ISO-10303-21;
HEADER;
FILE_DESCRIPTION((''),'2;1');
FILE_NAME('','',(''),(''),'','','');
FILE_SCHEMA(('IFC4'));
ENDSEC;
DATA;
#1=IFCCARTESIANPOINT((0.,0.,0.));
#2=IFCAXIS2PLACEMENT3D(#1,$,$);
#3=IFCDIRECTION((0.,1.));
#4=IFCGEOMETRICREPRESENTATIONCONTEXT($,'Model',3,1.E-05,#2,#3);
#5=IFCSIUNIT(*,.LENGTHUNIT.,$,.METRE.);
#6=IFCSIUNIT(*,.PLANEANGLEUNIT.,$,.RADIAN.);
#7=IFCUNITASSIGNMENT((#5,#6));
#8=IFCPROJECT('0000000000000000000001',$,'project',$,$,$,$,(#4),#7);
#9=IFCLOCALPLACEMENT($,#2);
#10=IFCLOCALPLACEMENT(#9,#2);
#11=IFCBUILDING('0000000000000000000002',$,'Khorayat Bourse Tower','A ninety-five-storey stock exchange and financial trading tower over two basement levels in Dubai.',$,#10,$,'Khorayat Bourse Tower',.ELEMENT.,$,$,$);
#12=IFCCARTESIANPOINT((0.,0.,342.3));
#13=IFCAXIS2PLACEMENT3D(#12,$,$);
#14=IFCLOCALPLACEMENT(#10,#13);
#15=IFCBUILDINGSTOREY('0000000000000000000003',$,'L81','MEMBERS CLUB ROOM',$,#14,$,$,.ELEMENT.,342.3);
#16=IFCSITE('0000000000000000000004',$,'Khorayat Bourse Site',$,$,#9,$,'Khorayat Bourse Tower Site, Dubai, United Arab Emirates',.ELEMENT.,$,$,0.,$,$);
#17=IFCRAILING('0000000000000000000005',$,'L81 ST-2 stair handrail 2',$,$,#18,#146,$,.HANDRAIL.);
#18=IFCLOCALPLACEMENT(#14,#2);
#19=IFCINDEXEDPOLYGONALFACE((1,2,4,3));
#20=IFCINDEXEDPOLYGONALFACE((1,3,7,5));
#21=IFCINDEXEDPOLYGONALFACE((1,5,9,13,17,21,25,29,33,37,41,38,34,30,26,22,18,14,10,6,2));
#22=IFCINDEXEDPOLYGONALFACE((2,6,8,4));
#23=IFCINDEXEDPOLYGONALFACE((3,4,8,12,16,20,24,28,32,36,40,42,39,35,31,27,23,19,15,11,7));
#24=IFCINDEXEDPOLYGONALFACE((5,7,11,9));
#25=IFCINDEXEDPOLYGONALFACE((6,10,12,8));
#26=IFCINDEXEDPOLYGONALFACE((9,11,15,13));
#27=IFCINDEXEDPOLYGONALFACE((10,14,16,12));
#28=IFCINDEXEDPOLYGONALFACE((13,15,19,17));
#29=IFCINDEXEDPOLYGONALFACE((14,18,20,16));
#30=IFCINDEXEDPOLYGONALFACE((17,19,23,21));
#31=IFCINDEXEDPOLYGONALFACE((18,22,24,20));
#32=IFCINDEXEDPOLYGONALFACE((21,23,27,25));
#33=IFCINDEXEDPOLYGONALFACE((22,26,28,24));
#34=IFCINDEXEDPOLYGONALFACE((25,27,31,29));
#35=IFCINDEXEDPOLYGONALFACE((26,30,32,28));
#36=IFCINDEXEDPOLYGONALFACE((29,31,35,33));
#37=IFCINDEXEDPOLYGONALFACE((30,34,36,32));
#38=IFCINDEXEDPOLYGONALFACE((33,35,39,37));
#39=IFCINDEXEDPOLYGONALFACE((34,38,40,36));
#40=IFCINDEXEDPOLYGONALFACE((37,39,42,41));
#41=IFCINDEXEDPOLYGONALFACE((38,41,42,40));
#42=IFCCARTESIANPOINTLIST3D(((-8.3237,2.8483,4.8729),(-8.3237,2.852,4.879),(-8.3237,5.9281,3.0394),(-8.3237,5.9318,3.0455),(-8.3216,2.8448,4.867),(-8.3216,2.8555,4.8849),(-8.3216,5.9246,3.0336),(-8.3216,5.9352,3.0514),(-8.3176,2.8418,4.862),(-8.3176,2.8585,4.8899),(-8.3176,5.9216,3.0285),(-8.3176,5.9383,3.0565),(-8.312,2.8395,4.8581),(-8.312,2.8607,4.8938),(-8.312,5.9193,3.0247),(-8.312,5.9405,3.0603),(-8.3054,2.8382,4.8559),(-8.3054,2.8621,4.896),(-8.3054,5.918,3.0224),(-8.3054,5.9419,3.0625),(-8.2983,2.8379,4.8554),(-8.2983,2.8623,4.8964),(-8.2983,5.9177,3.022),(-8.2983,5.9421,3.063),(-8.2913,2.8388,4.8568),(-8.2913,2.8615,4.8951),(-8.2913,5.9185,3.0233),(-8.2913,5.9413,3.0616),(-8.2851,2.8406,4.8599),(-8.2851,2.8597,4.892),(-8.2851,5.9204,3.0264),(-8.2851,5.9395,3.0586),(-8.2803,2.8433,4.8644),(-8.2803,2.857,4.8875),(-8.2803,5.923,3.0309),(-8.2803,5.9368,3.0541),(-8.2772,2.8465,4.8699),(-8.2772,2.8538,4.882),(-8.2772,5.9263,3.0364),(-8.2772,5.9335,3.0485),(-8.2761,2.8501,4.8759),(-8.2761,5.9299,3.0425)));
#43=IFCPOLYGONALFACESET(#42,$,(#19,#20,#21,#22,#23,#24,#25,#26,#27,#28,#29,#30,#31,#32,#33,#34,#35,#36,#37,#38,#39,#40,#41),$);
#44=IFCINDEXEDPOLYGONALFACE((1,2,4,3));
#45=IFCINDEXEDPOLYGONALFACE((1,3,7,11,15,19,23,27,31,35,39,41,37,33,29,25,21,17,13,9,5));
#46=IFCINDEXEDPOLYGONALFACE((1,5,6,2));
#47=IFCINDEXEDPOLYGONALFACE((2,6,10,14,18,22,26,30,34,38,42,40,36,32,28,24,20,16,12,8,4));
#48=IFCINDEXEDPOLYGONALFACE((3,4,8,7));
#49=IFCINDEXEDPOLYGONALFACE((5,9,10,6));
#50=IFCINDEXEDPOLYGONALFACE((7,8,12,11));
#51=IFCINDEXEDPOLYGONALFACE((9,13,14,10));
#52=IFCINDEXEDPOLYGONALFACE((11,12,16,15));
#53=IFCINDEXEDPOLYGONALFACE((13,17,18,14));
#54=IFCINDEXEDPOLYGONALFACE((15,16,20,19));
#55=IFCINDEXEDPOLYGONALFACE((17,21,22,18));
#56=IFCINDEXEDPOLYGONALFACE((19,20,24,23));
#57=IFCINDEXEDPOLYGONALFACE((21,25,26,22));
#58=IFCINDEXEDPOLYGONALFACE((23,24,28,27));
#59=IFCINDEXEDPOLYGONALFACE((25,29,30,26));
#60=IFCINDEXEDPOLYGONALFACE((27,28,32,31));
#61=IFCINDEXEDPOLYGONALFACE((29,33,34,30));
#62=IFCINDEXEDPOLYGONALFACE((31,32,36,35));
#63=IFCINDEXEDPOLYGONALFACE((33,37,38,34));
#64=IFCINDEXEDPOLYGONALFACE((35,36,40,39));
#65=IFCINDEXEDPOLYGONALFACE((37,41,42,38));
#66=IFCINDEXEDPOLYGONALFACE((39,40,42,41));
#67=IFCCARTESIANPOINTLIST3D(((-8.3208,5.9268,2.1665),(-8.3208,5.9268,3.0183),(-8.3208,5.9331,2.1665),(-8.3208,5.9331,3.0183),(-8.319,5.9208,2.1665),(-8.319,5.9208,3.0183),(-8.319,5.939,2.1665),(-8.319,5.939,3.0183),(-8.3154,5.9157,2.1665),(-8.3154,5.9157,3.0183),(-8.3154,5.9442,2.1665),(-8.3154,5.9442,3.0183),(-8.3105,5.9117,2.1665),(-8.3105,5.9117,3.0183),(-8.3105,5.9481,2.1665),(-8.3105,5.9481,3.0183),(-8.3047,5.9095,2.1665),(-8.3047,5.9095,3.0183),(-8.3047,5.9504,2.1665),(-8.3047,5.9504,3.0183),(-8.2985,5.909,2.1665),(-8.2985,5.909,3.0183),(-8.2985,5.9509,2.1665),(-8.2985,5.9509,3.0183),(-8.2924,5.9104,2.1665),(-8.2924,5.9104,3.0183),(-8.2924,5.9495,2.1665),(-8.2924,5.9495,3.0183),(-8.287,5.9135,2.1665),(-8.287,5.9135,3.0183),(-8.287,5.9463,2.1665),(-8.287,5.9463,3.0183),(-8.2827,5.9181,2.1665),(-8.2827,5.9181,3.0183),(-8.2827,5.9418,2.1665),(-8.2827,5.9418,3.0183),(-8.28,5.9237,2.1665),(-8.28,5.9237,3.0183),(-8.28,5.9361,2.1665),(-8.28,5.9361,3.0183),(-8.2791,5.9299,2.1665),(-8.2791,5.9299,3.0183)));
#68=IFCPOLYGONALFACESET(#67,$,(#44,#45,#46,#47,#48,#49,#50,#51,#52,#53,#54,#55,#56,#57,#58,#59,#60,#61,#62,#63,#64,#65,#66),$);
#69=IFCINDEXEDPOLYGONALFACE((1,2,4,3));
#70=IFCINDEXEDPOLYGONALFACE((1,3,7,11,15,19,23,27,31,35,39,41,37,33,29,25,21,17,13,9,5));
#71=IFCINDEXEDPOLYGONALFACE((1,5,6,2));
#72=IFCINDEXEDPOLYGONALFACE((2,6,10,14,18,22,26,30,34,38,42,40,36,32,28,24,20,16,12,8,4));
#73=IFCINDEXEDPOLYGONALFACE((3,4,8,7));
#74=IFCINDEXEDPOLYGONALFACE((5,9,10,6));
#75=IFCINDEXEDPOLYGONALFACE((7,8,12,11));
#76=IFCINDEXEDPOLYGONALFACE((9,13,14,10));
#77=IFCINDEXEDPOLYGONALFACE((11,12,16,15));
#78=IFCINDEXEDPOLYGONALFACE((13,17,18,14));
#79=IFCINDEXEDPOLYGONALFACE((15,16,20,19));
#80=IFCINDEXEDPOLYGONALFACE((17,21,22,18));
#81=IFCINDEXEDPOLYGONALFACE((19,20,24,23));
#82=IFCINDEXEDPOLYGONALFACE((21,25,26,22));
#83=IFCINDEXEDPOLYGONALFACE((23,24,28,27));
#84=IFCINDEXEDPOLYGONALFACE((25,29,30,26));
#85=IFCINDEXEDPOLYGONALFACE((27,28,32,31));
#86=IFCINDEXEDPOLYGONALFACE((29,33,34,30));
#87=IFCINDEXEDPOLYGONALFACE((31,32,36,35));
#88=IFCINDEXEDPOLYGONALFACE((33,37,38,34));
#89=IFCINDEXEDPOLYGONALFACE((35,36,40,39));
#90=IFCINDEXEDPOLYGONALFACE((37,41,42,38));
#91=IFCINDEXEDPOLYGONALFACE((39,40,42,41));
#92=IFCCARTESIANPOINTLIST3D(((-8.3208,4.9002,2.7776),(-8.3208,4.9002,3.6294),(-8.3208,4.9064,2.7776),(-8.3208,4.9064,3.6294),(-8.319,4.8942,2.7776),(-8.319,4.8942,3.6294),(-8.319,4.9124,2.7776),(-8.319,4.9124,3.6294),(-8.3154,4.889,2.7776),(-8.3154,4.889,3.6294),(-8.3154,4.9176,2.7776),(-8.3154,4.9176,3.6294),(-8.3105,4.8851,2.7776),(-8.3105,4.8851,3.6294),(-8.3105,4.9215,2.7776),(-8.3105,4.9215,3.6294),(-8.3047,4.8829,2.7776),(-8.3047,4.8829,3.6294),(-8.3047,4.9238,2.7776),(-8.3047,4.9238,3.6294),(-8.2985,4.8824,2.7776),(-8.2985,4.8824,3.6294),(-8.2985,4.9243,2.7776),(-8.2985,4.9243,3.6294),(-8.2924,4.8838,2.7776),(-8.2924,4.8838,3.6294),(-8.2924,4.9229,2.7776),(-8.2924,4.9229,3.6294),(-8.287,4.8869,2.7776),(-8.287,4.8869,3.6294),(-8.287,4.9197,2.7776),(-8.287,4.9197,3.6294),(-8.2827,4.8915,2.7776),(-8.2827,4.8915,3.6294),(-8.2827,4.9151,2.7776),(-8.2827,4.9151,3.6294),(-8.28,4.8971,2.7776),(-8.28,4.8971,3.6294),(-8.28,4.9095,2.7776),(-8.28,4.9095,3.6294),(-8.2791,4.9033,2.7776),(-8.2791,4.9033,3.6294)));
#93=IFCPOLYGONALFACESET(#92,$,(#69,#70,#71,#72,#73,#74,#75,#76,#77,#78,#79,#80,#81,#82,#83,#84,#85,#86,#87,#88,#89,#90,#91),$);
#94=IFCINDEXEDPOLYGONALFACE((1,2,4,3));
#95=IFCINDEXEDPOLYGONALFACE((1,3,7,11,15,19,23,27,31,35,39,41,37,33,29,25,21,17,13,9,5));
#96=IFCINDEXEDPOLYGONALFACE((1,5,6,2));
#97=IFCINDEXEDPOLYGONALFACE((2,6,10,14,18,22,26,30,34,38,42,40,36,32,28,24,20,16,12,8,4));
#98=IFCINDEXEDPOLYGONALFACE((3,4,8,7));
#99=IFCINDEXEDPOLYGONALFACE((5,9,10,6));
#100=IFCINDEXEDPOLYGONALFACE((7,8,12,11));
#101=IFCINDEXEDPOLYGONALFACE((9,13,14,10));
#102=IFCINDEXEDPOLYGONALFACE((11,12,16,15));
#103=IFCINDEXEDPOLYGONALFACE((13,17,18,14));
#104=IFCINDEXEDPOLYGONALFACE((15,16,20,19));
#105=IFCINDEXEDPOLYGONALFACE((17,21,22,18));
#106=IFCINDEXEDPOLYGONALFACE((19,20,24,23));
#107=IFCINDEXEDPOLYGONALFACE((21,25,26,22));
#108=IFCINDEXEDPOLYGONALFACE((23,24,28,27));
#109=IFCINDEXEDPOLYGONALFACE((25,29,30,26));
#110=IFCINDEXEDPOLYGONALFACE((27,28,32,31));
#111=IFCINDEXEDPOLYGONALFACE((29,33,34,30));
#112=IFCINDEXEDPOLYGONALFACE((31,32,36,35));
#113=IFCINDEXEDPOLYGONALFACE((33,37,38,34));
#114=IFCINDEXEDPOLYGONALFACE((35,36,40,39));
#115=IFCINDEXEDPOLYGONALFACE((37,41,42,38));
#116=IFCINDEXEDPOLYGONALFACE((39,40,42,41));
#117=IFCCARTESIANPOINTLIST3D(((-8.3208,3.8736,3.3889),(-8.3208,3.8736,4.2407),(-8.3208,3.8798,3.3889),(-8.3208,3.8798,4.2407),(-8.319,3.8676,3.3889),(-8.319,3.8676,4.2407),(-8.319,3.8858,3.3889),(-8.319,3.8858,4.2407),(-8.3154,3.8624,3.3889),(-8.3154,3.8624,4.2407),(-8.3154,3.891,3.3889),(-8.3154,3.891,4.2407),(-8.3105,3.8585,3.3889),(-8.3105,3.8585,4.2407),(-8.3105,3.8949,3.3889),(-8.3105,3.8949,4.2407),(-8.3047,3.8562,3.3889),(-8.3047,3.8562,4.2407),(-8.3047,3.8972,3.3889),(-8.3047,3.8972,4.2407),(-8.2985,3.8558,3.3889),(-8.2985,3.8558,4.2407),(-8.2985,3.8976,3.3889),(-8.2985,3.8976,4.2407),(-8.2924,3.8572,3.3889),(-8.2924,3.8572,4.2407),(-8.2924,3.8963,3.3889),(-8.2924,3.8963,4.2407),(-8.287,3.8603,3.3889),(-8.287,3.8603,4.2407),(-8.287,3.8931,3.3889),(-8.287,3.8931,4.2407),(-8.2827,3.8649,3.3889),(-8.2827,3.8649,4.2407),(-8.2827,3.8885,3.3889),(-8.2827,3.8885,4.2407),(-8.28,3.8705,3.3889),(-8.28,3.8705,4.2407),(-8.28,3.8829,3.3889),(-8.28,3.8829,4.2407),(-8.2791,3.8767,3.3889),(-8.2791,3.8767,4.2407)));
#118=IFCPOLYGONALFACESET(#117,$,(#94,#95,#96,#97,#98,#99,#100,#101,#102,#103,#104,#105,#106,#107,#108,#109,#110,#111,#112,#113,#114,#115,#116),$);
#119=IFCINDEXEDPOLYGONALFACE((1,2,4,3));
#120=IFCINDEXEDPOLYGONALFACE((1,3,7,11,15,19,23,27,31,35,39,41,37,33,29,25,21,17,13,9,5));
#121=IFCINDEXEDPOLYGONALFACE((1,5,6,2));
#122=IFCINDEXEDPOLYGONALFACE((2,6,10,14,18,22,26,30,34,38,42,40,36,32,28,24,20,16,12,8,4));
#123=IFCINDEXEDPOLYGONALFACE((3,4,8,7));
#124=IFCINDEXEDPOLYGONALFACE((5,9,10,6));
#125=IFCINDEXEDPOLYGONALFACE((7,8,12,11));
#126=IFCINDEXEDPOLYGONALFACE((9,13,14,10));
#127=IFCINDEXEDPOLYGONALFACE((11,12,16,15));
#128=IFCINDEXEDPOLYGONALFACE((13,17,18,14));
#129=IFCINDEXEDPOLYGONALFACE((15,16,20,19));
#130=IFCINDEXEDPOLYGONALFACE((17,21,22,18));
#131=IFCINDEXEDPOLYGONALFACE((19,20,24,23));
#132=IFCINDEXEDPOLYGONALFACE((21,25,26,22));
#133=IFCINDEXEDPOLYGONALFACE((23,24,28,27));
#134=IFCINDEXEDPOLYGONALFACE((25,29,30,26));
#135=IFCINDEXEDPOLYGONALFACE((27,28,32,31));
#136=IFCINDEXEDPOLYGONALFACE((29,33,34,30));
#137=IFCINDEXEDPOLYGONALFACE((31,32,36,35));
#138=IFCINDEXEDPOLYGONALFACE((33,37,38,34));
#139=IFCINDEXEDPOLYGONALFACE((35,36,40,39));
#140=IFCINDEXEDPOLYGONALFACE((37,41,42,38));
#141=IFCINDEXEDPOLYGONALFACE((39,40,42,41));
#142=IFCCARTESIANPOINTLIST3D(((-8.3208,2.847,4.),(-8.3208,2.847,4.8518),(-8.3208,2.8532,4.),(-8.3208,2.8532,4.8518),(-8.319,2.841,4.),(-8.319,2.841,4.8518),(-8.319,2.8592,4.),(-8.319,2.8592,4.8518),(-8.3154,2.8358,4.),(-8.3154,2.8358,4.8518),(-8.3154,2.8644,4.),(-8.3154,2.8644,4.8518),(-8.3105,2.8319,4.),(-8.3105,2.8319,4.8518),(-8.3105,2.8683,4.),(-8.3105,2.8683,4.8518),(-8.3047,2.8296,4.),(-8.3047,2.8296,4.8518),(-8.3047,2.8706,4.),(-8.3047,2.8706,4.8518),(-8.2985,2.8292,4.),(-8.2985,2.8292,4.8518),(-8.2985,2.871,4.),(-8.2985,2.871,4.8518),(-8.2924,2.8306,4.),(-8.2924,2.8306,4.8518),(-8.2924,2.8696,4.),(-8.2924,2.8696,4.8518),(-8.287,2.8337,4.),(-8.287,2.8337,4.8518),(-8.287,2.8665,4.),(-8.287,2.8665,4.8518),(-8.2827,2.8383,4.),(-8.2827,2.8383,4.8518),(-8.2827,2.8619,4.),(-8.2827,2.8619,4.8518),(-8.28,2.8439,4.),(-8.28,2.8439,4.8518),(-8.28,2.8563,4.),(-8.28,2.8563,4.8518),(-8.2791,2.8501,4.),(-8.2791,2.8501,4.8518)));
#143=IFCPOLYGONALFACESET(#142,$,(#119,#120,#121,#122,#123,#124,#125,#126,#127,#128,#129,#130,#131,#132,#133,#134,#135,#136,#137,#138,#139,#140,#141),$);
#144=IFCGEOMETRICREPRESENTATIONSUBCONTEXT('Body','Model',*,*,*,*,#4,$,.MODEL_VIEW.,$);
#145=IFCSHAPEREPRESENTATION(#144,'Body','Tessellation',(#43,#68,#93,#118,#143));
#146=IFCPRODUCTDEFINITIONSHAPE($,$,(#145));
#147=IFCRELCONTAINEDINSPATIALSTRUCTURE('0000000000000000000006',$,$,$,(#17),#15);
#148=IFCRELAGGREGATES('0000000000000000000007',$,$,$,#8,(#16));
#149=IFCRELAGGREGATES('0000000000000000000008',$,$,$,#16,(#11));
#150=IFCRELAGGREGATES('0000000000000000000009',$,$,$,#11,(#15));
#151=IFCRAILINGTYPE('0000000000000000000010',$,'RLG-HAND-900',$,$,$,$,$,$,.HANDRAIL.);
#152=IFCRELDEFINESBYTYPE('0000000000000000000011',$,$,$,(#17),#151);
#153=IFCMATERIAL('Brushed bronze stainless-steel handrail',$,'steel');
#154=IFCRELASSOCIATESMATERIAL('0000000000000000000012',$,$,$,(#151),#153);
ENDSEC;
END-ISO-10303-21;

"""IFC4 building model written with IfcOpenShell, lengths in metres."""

from ifc_helpers import new_model, si_unit, direction, frame, origin, origin_2d, place, context, subcontext, project, spatial, circle, extrude, source, transform, mapped, material, type_object, element, save


model = new_model("IFC4")

# Units and contexts
model_context = context("Model", 3, precision=1e-05, world=origin(), true_north=direction((0.0, 1.0)))
body_context = subcontext(model_context, "Body", "Model", "MODEL_VIEW")
ifc_project = project(units=[si_unit("LENGTHUNIT", "METRE"), si_unit("PLANEANGLEUNIT", "RADIAN")], contexts=[model_context])

# Site, building, storey
site_placement = place(None, origin())
site = spatial("IfcSite", under=ifc_project, at=site_placement, Name="Khorayat Bourse Site", LongName="Khorayat Bourse Tower Site, Dubai, United Arab Emirates", CompositionType="ELEMENT", RefElevation=0.0)
building_placement = place(site_placement, origin())
building = spatial("IfcBuilding", under=site, at=building_placement, Name="Khorayat Bourse Tower", Description="A ninety-five-storey stock exchange and financial trading tower over two basement levels in Dubai.", LongName="Khorayat Bourse Tower", CompositionType="ELEMENT")
storey_placement = place(building_placement, frame((0.0, 0.0, 342.3)))
storey = spatial("IfcBuildingStorey", under=building, at=storey_placement, Name="L81", Description="MEMBERS CLUB ROOM", CompositionType="ELEMENT", Elevation=342.3)

# Railing
ifc_material_1 = material(Name="Brushed bronze stainless-steel handrail", Category="steel")
railing_type_1 = type_object("IfcRailingType", Name="RLG-HAND-900", PredefinedType="HANDRAIL", material=ifc_material_1)
shared_shape_1 = source(origin(), body_context, "Body", "SweptSolid", [
    extrude(circle(Radius=0.0239, at=origin_2d()), frame((0.0, 0.0, 0.876), z_axis=(0.0, -0.859261, 0.511538), x_axis=(1.0, 0.0, 0.0)), (0.0, 0.0, 1.0), 3.5842),
    extrude(circle(Radius=0.021, at=origin_2d()), origin(), (0.0, 0.0, 1.0), 0.8518),
    extrude(circle(Radius=0.021, at=origin_2d()), frame((0.0, -1.0266, 0.6111)), (0.0, 0.0, 1.0), 0.8518),
    extrude(circle(Radius=0.021, at=origin_2d()), frame((0.0, -2.0532, 1.2224)), (0.0, 0.0, 1.0), 0.8518),
    extrude(circle(Radius=0.021, at=origin_2d()), frame((0.0, -3.0798, 1.8335)), (0.0, 0.0, 1.0), 0.8518),
])
railing_1_placement = place(storey_placement, frame((-8.3, 5.9299, 2.1665)))
element("IfcRailing", 1, at=railing_1_placement, inside=storey, type_object=railing_type_1, Name="L81 ST-2 stair handrail 2", PredefinedType="HANDRAIL", context=body_context, shape_type="MappedRepresentation", body=[
    mapped(shared_shape_1, transform((0.0, 0.0, 0.0), scale=1.0)),
])

save(model, "model.ifc")
